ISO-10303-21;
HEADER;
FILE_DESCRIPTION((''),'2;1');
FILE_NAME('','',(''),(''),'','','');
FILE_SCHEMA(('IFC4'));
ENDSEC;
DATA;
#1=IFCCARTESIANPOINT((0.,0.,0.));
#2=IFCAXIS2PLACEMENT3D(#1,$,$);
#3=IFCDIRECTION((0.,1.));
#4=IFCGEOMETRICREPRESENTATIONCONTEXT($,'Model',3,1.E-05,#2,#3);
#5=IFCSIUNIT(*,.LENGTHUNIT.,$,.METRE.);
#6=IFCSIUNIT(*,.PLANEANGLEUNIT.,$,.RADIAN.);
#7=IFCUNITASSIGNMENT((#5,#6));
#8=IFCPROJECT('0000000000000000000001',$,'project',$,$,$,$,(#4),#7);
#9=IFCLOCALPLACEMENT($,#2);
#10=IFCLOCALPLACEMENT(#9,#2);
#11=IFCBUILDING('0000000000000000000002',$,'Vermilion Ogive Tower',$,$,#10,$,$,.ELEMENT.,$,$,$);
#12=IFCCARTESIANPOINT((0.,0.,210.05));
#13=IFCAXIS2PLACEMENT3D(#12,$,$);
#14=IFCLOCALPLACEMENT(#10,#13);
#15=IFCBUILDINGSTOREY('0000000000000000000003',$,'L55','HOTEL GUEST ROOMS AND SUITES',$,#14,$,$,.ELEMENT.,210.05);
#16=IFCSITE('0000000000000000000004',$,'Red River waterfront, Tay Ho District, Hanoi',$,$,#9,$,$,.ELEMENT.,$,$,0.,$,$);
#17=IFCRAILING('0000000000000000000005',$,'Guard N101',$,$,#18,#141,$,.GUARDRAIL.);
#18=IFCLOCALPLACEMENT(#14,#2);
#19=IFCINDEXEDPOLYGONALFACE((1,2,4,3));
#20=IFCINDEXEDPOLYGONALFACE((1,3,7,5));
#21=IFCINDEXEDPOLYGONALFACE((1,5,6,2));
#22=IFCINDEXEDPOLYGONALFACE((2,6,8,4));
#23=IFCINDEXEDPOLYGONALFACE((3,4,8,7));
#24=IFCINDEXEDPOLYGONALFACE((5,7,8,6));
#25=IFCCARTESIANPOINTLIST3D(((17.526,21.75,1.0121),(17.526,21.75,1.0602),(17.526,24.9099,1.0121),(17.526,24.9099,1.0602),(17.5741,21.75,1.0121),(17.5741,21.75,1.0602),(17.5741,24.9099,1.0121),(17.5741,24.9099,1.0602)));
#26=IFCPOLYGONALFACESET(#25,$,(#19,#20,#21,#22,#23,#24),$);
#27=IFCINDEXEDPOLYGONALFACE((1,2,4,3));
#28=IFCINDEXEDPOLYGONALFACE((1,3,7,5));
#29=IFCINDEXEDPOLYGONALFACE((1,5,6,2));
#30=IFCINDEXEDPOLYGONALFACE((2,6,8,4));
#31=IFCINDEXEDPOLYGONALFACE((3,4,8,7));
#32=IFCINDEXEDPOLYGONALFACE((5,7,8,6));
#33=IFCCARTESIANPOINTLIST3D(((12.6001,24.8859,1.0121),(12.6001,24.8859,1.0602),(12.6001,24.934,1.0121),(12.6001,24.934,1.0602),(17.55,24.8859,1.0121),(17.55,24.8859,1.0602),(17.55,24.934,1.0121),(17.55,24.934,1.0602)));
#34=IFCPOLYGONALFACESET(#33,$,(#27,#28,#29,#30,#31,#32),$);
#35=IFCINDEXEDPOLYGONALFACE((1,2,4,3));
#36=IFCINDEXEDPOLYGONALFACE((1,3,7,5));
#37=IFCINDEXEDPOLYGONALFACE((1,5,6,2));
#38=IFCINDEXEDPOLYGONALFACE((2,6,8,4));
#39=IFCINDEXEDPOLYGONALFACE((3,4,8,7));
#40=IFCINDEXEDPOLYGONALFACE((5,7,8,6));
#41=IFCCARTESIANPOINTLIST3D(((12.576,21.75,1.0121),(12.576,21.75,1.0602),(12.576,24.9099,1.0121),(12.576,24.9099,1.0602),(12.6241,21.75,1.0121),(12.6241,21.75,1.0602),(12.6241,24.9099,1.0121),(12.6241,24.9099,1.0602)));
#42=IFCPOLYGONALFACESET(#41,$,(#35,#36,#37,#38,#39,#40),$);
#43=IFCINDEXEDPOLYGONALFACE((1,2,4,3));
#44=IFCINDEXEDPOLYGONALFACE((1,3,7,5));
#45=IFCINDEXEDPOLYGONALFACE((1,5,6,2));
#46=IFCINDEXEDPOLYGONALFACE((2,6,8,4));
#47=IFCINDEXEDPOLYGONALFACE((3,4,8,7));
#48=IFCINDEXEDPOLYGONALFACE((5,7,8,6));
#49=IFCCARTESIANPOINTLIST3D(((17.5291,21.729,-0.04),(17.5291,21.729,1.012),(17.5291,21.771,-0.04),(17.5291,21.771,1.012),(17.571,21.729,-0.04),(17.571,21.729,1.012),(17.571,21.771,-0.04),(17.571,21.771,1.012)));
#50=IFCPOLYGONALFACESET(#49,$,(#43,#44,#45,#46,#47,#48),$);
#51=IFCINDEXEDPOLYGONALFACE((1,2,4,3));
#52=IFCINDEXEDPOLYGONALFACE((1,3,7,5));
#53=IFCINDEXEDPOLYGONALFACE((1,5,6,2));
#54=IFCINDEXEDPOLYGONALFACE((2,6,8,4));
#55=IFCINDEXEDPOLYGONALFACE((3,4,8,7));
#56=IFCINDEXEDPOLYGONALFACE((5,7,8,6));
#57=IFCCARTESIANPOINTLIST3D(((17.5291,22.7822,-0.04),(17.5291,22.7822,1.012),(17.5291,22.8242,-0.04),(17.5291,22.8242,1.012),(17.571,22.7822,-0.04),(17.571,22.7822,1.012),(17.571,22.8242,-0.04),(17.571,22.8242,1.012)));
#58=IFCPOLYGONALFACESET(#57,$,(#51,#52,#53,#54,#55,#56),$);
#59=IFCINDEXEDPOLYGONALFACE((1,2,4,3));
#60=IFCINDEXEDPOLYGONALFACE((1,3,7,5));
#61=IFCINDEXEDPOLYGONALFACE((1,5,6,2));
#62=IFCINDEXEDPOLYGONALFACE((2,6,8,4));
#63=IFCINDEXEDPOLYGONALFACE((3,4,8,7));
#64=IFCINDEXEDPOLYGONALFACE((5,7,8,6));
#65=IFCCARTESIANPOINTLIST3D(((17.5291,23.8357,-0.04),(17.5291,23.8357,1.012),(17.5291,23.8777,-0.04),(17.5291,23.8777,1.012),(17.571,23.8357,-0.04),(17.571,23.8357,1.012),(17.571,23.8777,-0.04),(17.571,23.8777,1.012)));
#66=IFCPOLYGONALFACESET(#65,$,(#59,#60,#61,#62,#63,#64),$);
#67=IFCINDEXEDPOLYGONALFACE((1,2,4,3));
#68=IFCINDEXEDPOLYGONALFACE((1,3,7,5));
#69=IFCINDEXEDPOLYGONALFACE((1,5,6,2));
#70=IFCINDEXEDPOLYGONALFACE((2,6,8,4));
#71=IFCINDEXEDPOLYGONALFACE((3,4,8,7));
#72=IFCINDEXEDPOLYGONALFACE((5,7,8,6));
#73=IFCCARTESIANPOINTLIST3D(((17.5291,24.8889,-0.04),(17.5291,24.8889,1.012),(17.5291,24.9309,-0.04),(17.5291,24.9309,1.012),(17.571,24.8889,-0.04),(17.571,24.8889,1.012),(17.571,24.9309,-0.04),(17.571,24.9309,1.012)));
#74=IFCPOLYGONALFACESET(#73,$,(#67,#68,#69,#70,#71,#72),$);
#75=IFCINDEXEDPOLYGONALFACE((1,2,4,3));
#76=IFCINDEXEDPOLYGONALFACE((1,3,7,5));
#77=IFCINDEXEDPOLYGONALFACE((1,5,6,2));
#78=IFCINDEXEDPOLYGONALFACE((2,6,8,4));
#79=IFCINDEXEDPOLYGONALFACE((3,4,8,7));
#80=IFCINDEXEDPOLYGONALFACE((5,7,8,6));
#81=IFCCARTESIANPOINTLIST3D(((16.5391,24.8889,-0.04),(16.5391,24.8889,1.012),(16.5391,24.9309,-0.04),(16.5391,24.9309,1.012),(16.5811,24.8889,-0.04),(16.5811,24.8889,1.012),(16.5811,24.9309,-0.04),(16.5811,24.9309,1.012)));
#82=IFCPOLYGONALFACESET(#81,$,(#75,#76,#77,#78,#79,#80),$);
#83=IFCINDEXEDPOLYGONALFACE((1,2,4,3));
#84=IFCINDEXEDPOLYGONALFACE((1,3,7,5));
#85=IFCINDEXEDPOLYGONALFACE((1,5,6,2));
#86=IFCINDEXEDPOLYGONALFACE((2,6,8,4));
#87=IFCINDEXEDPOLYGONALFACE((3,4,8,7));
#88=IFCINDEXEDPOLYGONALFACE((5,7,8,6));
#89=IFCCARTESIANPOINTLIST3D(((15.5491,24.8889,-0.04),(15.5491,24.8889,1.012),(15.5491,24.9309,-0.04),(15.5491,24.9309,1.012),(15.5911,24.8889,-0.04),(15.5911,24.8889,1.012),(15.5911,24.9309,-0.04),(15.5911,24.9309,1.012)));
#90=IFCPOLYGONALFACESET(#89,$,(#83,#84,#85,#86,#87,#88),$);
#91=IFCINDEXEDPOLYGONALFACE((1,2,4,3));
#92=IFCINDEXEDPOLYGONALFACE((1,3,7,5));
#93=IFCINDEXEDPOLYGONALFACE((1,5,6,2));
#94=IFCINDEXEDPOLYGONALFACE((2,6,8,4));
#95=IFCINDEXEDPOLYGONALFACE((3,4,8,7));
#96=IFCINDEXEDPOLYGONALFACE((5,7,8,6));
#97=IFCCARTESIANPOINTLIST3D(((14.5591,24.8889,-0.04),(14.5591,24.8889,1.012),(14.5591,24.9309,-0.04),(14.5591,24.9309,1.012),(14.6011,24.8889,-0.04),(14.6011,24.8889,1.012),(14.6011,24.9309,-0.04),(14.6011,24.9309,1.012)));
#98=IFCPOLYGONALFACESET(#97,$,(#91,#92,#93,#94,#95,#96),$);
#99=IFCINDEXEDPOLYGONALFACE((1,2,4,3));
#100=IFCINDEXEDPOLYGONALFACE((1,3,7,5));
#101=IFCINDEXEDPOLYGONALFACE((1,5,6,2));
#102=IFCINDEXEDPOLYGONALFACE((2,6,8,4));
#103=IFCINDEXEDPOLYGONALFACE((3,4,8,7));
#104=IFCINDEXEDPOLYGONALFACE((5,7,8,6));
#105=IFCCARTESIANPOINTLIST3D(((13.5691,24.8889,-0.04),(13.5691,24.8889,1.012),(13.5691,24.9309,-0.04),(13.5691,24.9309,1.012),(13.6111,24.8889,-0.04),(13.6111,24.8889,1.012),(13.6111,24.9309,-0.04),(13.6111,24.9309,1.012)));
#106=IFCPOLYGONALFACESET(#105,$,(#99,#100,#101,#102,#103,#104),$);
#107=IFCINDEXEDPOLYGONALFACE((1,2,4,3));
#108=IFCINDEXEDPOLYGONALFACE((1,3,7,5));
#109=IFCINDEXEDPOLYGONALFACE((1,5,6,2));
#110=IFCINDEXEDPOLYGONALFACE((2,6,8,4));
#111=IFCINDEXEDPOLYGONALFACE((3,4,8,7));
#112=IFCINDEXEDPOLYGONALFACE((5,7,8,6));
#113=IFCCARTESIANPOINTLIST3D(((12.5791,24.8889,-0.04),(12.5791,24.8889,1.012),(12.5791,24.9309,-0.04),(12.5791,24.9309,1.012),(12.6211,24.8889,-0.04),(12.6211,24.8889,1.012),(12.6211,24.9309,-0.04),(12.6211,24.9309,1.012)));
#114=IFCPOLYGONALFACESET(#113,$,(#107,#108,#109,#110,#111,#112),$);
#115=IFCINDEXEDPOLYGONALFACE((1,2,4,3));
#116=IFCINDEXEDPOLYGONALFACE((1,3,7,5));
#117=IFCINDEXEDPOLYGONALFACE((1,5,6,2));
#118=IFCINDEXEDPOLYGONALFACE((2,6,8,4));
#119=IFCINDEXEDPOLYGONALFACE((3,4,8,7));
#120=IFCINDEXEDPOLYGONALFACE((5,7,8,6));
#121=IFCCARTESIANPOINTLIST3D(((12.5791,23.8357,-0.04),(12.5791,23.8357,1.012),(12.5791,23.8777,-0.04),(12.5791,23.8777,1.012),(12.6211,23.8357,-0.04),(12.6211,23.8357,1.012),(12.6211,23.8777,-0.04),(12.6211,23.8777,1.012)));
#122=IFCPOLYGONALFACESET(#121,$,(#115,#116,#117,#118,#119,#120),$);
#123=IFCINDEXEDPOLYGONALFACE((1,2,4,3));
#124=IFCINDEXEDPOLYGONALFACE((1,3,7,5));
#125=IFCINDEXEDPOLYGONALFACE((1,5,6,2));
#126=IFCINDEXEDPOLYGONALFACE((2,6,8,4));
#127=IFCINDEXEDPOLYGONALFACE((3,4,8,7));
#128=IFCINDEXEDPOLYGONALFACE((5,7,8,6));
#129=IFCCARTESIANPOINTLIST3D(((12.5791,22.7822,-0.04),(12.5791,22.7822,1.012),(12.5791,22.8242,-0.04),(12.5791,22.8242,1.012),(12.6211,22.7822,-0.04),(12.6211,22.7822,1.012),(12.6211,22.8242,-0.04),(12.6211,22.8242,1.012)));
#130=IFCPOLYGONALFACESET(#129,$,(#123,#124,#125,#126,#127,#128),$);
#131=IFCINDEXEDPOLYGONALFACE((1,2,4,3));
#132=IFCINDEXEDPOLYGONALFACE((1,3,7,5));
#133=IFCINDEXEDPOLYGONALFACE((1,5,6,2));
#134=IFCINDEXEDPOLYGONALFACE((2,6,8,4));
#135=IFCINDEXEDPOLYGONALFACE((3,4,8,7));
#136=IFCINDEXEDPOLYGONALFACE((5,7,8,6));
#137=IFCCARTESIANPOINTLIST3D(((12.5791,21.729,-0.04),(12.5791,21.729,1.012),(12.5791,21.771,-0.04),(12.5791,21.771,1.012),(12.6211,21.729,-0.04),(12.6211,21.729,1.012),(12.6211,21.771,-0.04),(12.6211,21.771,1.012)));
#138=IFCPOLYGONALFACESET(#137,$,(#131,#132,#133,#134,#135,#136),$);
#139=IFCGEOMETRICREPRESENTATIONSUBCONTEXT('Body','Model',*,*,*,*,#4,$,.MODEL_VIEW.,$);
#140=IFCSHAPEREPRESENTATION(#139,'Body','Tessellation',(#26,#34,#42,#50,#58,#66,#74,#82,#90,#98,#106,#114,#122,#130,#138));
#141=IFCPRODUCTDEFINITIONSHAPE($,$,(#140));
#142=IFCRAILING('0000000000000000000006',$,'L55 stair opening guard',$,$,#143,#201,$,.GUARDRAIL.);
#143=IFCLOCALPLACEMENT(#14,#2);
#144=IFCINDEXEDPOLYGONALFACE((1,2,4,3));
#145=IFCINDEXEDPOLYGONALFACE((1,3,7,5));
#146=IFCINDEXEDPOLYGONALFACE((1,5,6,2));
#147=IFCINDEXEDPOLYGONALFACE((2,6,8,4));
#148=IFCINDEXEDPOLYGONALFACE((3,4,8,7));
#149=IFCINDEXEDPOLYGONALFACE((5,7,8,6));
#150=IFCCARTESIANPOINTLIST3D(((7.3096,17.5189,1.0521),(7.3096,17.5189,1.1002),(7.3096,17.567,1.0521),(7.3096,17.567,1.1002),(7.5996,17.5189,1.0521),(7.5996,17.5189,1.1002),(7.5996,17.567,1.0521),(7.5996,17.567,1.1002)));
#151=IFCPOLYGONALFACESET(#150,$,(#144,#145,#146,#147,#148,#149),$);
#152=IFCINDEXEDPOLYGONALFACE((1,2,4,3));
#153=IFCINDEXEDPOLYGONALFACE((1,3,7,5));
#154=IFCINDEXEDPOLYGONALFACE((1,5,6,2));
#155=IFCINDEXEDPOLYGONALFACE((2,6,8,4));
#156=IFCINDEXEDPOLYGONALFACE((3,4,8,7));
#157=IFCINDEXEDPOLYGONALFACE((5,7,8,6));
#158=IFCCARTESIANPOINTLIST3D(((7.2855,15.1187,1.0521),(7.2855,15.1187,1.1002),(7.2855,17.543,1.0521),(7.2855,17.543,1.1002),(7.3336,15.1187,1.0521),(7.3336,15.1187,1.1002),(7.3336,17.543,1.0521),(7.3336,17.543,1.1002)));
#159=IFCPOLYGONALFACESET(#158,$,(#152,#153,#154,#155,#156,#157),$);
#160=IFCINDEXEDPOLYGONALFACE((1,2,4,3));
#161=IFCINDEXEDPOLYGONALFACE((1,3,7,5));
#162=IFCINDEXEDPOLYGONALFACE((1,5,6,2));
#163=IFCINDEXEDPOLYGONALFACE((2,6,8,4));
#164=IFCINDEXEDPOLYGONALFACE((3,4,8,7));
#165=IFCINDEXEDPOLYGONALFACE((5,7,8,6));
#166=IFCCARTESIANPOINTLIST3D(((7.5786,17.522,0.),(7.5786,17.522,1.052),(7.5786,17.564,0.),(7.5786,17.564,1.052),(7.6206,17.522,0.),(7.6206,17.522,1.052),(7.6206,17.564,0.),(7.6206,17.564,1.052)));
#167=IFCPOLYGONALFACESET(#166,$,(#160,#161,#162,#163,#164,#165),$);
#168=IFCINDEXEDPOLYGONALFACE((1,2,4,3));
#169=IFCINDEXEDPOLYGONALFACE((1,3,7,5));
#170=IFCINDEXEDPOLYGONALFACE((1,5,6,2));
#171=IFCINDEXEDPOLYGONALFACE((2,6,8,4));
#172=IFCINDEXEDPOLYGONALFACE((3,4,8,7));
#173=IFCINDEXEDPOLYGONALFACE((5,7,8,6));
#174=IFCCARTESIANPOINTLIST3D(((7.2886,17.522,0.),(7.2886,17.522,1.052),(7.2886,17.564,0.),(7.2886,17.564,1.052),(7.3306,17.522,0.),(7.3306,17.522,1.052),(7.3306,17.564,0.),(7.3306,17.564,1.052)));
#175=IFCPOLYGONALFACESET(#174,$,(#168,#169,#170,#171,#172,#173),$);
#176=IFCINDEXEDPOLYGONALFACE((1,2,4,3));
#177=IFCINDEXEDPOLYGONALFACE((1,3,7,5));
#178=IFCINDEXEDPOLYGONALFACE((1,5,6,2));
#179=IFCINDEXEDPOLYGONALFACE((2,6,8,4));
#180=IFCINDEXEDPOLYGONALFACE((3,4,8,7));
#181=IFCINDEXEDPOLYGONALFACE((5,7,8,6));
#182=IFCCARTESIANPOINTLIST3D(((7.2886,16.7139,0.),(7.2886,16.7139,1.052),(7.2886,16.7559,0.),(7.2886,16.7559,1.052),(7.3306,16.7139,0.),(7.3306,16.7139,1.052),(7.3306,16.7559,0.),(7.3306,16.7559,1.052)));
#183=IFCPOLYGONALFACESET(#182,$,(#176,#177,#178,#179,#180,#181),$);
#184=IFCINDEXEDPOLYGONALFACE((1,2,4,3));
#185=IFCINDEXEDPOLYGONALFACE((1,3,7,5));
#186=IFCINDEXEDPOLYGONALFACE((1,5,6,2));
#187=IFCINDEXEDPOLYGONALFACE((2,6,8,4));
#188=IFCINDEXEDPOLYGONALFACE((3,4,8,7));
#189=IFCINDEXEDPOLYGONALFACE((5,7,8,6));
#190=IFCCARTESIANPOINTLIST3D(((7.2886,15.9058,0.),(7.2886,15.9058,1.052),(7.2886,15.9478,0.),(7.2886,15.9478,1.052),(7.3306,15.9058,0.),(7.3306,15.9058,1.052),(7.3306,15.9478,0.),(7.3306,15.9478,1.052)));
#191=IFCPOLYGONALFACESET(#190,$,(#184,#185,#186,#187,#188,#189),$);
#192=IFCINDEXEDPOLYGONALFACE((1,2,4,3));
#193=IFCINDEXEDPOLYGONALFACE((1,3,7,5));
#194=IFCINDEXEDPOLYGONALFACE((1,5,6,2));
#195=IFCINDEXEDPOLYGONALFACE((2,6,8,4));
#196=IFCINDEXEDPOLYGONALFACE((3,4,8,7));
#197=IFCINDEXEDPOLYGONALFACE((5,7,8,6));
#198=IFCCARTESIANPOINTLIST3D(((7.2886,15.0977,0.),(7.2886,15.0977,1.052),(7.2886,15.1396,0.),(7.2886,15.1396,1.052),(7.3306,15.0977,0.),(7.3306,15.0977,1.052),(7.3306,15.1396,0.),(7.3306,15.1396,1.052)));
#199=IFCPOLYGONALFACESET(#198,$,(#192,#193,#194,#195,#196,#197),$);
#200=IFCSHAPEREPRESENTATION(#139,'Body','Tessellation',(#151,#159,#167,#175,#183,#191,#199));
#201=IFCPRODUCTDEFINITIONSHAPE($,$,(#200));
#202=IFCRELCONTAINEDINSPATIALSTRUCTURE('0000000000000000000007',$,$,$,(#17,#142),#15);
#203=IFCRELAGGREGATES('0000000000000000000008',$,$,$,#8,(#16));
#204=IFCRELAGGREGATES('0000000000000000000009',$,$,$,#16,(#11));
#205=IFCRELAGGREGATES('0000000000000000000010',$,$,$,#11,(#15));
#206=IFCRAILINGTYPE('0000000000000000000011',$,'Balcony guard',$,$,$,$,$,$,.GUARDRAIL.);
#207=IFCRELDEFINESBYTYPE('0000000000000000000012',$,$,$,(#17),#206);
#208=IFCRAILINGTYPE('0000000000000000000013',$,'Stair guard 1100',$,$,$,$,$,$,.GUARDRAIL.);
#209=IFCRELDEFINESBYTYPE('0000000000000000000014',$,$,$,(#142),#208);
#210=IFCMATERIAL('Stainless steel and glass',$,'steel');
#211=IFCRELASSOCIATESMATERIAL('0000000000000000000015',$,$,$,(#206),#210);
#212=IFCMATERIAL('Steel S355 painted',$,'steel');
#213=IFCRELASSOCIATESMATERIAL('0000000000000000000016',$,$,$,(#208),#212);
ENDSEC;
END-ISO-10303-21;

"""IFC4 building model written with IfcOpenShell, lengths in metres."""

from ifc_helpers import new_model, si_unit, direction, frame, origin, origin_2d, place, context, subcontext, project, spatial, rectangle, extrude, material, type_object, element, save


model = new_model("IFC4")

# Units and contexts
model_context = context("Model", 3, precision=1e-05, world=origin(), true_north=direction((0.0, 1.0)))
body_context = subcontext(model_context, "Body", "Model", "MODEL_VIEW")
ifc_project = project(units=[si_unit("LENGTHUNIT", "METRE"), si_unit("PLANEANGLEUNIT", "RADIAN")], contexts=[model_context])

# Site, building, storey
site_placement = place(None, origin())
site = spatial("IfcSite", under=ifc_project, at=site_placement, Name="Red River waterfront, Tay Ho District, Hanoi", CompositionType="ELEMENT", RefElevation=0.0)
building_placement = place(site_placement, origin())
building = spatial("IfcBuilding", under=site, at=building_placement, Name="Vermilion Ogive Tower", CompositionType="ELEMENT")
storey_placement = place(building_placement, frame((0.0, 0.0, 210.05)))
storey = spatial("IfcBuildingStorey", under=building, at=storey_placement, Name="L55", Description="HOTEL GUEST ROOMS AND SUITES", CompositionType="ELEMENT", Elevation=210.05)

# Railings
ifc_material_1 = material(Name="Stainless steel and glass", Category="steel")
railing_type_1 = type_object("IfcRailingType", Name="Balcony guard", PredefinedType="GUARDRAIL", material=ifc_material_1)
railing_1_placement = place(storey_placement, frame((17.55, 21.75, -0.04)))
element("IfcRailing", 1, at=railing_1_placement, inside=storey, type_object=railing_type_1, Name="Guard N101", PredefinedType="GUARDRAIL", context=body_context, shape_type="SweptSolid", body=[
    extrude(rectangle(XDim=0.0481, YDim=0.0481, at=origin_2d()), frame((0.0, 0.0, 1.0762), z_axis=(0.0, 1.0, 0.0), x_axis=(-1.0, 0.0, 0.0)), (0.0, 0.0, 1.0), 3.1599),
    extrude(rectangle(XDim=0.0481, YDim=0.0481, at=origin_2d()), frame((0.0, 3.1599, 1.0762), z_axis=(-1.0, 0.0, 0.0), x_axis=(0.0, -1.0, 0.0)), (0.0, 0.0, 1.0), 4.95),
    extrude(rectangle(XDim=0.0481, YDim=0.0481, at=origin_2d()), frame((-4.95, 3.1599, 1.0762), z_axis=(0.0, -1.0, 0.0), x_axis=(1.0, 0.0, 0.0)), (0.0, 0.0, 1.0), 3.1599),
    extrude(rectangle(XDim=0.042, YDim=0.042, at=origin_2d()), origin(), (0.0, 0.0, 1.0), 1.052),
    extrude(rectangle(XDim=0.042, YDim=0.042, at=origin_2d()), frame((0.0, 1.0532, 0.0)), (0.0, 0.0, 1.0), 1.052),
    extrude(rectangle(XDim=0.042, YDim=0.042, at=origin_2d()), frame((0.0, 2.1067, 0.0)), (0.0, 0.0, 1.0), 1.052),
    extrude(rectangle(XDim=0.042, YDim=0.042, at=origin_2d()), frame((0.0, 3.1599, 0.0)), (0.0, 0.0, 1.0), 1.052),
    extrude(rectangle(XDim=0.042, YDim=0.042, at=origin_2d()), frame((-0.99, 3.1599, 0.0)), (0.0, 0.0, 1.0), 1.052),
    extrude(rectangle(XDim=0.042, YDim=0.042, at=origin_2d()), frame((-1.98, 3.1599, 0.0)), (0.0, 0.0, 1.0), 1.052),
    extrude(rectangle(XDim=0.042, YDim=0.042, at=origin_2d()), frame((-2.97, 3.1599, 0.0)), (0.0, 0.0, 1.0), 1.052),
    extrude(rectangle(XDim=0.042, YDim=0.042, at=origin_2d()), frame((-3.96, 3.1599, 0.0)), (0.0, 0.0, 1.0), 1.052),
    extrude(rectangle(XDim=0.042, YDim=0.042, at=origin_2d()), frame((-4.95, 3.1599, 0.0)), (0.0, 0.0, 1.0), 1.052),
    extrude(rectangle(XDim=0.042, YDim=0.042, at=origin_2d()), frame((-4.95, 2.1067, 0.0)), (0.0, 0.0, 1.0), 1.052),
    extrude(rectangle(XDim=0.042, YDim=0.042, at=origin_2d()), frame((-4.95, 1.0532, 0.0)), (0.0, 0.0, 1.0), 1.052),
    extrude(rectangle(XDim=0.042, YDim=0.042, at=origin_2d()), frame((-4.95, 0.0, 0.0)), (0.0, 0.0, 1.0), 1.052),
])
ifc_material_2 = material(Name="Steel S355 painted", Category="steel")
railing_type_2 = type_object("IfcRailingType", Name="Stair guard 1100", PredefinedType="GUARDRAIL", material=ifc_material_2)
railing_2_placement = place(storey_placement, frame((7.5996, 17.543, 0.0)))
element("IfcRailing", 2, at=railing_2_placement, inside=storey, type_object=railing_type_2, Name="L55 stair opening guard", PredefinedType="GUARDRAIL", context=body_context, shape_type="SweptSolid", body=[
    extrude(rectangle(XDim=0.0481, YDim=0.0481, at=origin_2d()), frame((0.0, 0.0, 1.0762), z_axis=(-1.0, 0.0, 0.0), x_axis=(0.0, -1.0, 0.0)), (0.0, 0.0, 1.0), 0.29),
    extrude(rectangle(XDim=0.0481, YDim=0.0481, at=origin_2d()), frame((-0.29, 0.0, 1.0762), z_axis=(0.0, -1.0, 0.0), x_axis=(1.0, 0.0, 0.0)), (0.0, 0.0, 1.0), 2.4243),
    extrude(rectangle(XDim=0.042, YDim=0.042, at=origin_2d()), origin(), (0.0, 0.0, 1.0), 1.052),
    extrude(rectangle(XDim=0.042, YDim=0.042, at=origin_2d()), frame((-0.29, 0.0, 0.0)), (0.0, 0.0, 1.0), 1.052),
    extrude(rectangle(XDim=0.042, YDim=0.042, at=origin_2d()), frame((-0.29, -0.8081, 0.0)), (0.0, 0.0, 1.0), 1.052),
    extrude(rectangle(XDim=0.042, YDim=0.042, at=origin_2d()), frame((-0.29, -1.6162, 0.0)), (0.0, 0.0, 1.0), 1.052),
    extrude(rectangle(XDim=0.042, YDim=0.042, at=origin_2d()), frame((-0.29, -2.4243, 0.0)), (0.0, 0.0, 1.0), 1.052),
])

save(model, "model.ifc")
